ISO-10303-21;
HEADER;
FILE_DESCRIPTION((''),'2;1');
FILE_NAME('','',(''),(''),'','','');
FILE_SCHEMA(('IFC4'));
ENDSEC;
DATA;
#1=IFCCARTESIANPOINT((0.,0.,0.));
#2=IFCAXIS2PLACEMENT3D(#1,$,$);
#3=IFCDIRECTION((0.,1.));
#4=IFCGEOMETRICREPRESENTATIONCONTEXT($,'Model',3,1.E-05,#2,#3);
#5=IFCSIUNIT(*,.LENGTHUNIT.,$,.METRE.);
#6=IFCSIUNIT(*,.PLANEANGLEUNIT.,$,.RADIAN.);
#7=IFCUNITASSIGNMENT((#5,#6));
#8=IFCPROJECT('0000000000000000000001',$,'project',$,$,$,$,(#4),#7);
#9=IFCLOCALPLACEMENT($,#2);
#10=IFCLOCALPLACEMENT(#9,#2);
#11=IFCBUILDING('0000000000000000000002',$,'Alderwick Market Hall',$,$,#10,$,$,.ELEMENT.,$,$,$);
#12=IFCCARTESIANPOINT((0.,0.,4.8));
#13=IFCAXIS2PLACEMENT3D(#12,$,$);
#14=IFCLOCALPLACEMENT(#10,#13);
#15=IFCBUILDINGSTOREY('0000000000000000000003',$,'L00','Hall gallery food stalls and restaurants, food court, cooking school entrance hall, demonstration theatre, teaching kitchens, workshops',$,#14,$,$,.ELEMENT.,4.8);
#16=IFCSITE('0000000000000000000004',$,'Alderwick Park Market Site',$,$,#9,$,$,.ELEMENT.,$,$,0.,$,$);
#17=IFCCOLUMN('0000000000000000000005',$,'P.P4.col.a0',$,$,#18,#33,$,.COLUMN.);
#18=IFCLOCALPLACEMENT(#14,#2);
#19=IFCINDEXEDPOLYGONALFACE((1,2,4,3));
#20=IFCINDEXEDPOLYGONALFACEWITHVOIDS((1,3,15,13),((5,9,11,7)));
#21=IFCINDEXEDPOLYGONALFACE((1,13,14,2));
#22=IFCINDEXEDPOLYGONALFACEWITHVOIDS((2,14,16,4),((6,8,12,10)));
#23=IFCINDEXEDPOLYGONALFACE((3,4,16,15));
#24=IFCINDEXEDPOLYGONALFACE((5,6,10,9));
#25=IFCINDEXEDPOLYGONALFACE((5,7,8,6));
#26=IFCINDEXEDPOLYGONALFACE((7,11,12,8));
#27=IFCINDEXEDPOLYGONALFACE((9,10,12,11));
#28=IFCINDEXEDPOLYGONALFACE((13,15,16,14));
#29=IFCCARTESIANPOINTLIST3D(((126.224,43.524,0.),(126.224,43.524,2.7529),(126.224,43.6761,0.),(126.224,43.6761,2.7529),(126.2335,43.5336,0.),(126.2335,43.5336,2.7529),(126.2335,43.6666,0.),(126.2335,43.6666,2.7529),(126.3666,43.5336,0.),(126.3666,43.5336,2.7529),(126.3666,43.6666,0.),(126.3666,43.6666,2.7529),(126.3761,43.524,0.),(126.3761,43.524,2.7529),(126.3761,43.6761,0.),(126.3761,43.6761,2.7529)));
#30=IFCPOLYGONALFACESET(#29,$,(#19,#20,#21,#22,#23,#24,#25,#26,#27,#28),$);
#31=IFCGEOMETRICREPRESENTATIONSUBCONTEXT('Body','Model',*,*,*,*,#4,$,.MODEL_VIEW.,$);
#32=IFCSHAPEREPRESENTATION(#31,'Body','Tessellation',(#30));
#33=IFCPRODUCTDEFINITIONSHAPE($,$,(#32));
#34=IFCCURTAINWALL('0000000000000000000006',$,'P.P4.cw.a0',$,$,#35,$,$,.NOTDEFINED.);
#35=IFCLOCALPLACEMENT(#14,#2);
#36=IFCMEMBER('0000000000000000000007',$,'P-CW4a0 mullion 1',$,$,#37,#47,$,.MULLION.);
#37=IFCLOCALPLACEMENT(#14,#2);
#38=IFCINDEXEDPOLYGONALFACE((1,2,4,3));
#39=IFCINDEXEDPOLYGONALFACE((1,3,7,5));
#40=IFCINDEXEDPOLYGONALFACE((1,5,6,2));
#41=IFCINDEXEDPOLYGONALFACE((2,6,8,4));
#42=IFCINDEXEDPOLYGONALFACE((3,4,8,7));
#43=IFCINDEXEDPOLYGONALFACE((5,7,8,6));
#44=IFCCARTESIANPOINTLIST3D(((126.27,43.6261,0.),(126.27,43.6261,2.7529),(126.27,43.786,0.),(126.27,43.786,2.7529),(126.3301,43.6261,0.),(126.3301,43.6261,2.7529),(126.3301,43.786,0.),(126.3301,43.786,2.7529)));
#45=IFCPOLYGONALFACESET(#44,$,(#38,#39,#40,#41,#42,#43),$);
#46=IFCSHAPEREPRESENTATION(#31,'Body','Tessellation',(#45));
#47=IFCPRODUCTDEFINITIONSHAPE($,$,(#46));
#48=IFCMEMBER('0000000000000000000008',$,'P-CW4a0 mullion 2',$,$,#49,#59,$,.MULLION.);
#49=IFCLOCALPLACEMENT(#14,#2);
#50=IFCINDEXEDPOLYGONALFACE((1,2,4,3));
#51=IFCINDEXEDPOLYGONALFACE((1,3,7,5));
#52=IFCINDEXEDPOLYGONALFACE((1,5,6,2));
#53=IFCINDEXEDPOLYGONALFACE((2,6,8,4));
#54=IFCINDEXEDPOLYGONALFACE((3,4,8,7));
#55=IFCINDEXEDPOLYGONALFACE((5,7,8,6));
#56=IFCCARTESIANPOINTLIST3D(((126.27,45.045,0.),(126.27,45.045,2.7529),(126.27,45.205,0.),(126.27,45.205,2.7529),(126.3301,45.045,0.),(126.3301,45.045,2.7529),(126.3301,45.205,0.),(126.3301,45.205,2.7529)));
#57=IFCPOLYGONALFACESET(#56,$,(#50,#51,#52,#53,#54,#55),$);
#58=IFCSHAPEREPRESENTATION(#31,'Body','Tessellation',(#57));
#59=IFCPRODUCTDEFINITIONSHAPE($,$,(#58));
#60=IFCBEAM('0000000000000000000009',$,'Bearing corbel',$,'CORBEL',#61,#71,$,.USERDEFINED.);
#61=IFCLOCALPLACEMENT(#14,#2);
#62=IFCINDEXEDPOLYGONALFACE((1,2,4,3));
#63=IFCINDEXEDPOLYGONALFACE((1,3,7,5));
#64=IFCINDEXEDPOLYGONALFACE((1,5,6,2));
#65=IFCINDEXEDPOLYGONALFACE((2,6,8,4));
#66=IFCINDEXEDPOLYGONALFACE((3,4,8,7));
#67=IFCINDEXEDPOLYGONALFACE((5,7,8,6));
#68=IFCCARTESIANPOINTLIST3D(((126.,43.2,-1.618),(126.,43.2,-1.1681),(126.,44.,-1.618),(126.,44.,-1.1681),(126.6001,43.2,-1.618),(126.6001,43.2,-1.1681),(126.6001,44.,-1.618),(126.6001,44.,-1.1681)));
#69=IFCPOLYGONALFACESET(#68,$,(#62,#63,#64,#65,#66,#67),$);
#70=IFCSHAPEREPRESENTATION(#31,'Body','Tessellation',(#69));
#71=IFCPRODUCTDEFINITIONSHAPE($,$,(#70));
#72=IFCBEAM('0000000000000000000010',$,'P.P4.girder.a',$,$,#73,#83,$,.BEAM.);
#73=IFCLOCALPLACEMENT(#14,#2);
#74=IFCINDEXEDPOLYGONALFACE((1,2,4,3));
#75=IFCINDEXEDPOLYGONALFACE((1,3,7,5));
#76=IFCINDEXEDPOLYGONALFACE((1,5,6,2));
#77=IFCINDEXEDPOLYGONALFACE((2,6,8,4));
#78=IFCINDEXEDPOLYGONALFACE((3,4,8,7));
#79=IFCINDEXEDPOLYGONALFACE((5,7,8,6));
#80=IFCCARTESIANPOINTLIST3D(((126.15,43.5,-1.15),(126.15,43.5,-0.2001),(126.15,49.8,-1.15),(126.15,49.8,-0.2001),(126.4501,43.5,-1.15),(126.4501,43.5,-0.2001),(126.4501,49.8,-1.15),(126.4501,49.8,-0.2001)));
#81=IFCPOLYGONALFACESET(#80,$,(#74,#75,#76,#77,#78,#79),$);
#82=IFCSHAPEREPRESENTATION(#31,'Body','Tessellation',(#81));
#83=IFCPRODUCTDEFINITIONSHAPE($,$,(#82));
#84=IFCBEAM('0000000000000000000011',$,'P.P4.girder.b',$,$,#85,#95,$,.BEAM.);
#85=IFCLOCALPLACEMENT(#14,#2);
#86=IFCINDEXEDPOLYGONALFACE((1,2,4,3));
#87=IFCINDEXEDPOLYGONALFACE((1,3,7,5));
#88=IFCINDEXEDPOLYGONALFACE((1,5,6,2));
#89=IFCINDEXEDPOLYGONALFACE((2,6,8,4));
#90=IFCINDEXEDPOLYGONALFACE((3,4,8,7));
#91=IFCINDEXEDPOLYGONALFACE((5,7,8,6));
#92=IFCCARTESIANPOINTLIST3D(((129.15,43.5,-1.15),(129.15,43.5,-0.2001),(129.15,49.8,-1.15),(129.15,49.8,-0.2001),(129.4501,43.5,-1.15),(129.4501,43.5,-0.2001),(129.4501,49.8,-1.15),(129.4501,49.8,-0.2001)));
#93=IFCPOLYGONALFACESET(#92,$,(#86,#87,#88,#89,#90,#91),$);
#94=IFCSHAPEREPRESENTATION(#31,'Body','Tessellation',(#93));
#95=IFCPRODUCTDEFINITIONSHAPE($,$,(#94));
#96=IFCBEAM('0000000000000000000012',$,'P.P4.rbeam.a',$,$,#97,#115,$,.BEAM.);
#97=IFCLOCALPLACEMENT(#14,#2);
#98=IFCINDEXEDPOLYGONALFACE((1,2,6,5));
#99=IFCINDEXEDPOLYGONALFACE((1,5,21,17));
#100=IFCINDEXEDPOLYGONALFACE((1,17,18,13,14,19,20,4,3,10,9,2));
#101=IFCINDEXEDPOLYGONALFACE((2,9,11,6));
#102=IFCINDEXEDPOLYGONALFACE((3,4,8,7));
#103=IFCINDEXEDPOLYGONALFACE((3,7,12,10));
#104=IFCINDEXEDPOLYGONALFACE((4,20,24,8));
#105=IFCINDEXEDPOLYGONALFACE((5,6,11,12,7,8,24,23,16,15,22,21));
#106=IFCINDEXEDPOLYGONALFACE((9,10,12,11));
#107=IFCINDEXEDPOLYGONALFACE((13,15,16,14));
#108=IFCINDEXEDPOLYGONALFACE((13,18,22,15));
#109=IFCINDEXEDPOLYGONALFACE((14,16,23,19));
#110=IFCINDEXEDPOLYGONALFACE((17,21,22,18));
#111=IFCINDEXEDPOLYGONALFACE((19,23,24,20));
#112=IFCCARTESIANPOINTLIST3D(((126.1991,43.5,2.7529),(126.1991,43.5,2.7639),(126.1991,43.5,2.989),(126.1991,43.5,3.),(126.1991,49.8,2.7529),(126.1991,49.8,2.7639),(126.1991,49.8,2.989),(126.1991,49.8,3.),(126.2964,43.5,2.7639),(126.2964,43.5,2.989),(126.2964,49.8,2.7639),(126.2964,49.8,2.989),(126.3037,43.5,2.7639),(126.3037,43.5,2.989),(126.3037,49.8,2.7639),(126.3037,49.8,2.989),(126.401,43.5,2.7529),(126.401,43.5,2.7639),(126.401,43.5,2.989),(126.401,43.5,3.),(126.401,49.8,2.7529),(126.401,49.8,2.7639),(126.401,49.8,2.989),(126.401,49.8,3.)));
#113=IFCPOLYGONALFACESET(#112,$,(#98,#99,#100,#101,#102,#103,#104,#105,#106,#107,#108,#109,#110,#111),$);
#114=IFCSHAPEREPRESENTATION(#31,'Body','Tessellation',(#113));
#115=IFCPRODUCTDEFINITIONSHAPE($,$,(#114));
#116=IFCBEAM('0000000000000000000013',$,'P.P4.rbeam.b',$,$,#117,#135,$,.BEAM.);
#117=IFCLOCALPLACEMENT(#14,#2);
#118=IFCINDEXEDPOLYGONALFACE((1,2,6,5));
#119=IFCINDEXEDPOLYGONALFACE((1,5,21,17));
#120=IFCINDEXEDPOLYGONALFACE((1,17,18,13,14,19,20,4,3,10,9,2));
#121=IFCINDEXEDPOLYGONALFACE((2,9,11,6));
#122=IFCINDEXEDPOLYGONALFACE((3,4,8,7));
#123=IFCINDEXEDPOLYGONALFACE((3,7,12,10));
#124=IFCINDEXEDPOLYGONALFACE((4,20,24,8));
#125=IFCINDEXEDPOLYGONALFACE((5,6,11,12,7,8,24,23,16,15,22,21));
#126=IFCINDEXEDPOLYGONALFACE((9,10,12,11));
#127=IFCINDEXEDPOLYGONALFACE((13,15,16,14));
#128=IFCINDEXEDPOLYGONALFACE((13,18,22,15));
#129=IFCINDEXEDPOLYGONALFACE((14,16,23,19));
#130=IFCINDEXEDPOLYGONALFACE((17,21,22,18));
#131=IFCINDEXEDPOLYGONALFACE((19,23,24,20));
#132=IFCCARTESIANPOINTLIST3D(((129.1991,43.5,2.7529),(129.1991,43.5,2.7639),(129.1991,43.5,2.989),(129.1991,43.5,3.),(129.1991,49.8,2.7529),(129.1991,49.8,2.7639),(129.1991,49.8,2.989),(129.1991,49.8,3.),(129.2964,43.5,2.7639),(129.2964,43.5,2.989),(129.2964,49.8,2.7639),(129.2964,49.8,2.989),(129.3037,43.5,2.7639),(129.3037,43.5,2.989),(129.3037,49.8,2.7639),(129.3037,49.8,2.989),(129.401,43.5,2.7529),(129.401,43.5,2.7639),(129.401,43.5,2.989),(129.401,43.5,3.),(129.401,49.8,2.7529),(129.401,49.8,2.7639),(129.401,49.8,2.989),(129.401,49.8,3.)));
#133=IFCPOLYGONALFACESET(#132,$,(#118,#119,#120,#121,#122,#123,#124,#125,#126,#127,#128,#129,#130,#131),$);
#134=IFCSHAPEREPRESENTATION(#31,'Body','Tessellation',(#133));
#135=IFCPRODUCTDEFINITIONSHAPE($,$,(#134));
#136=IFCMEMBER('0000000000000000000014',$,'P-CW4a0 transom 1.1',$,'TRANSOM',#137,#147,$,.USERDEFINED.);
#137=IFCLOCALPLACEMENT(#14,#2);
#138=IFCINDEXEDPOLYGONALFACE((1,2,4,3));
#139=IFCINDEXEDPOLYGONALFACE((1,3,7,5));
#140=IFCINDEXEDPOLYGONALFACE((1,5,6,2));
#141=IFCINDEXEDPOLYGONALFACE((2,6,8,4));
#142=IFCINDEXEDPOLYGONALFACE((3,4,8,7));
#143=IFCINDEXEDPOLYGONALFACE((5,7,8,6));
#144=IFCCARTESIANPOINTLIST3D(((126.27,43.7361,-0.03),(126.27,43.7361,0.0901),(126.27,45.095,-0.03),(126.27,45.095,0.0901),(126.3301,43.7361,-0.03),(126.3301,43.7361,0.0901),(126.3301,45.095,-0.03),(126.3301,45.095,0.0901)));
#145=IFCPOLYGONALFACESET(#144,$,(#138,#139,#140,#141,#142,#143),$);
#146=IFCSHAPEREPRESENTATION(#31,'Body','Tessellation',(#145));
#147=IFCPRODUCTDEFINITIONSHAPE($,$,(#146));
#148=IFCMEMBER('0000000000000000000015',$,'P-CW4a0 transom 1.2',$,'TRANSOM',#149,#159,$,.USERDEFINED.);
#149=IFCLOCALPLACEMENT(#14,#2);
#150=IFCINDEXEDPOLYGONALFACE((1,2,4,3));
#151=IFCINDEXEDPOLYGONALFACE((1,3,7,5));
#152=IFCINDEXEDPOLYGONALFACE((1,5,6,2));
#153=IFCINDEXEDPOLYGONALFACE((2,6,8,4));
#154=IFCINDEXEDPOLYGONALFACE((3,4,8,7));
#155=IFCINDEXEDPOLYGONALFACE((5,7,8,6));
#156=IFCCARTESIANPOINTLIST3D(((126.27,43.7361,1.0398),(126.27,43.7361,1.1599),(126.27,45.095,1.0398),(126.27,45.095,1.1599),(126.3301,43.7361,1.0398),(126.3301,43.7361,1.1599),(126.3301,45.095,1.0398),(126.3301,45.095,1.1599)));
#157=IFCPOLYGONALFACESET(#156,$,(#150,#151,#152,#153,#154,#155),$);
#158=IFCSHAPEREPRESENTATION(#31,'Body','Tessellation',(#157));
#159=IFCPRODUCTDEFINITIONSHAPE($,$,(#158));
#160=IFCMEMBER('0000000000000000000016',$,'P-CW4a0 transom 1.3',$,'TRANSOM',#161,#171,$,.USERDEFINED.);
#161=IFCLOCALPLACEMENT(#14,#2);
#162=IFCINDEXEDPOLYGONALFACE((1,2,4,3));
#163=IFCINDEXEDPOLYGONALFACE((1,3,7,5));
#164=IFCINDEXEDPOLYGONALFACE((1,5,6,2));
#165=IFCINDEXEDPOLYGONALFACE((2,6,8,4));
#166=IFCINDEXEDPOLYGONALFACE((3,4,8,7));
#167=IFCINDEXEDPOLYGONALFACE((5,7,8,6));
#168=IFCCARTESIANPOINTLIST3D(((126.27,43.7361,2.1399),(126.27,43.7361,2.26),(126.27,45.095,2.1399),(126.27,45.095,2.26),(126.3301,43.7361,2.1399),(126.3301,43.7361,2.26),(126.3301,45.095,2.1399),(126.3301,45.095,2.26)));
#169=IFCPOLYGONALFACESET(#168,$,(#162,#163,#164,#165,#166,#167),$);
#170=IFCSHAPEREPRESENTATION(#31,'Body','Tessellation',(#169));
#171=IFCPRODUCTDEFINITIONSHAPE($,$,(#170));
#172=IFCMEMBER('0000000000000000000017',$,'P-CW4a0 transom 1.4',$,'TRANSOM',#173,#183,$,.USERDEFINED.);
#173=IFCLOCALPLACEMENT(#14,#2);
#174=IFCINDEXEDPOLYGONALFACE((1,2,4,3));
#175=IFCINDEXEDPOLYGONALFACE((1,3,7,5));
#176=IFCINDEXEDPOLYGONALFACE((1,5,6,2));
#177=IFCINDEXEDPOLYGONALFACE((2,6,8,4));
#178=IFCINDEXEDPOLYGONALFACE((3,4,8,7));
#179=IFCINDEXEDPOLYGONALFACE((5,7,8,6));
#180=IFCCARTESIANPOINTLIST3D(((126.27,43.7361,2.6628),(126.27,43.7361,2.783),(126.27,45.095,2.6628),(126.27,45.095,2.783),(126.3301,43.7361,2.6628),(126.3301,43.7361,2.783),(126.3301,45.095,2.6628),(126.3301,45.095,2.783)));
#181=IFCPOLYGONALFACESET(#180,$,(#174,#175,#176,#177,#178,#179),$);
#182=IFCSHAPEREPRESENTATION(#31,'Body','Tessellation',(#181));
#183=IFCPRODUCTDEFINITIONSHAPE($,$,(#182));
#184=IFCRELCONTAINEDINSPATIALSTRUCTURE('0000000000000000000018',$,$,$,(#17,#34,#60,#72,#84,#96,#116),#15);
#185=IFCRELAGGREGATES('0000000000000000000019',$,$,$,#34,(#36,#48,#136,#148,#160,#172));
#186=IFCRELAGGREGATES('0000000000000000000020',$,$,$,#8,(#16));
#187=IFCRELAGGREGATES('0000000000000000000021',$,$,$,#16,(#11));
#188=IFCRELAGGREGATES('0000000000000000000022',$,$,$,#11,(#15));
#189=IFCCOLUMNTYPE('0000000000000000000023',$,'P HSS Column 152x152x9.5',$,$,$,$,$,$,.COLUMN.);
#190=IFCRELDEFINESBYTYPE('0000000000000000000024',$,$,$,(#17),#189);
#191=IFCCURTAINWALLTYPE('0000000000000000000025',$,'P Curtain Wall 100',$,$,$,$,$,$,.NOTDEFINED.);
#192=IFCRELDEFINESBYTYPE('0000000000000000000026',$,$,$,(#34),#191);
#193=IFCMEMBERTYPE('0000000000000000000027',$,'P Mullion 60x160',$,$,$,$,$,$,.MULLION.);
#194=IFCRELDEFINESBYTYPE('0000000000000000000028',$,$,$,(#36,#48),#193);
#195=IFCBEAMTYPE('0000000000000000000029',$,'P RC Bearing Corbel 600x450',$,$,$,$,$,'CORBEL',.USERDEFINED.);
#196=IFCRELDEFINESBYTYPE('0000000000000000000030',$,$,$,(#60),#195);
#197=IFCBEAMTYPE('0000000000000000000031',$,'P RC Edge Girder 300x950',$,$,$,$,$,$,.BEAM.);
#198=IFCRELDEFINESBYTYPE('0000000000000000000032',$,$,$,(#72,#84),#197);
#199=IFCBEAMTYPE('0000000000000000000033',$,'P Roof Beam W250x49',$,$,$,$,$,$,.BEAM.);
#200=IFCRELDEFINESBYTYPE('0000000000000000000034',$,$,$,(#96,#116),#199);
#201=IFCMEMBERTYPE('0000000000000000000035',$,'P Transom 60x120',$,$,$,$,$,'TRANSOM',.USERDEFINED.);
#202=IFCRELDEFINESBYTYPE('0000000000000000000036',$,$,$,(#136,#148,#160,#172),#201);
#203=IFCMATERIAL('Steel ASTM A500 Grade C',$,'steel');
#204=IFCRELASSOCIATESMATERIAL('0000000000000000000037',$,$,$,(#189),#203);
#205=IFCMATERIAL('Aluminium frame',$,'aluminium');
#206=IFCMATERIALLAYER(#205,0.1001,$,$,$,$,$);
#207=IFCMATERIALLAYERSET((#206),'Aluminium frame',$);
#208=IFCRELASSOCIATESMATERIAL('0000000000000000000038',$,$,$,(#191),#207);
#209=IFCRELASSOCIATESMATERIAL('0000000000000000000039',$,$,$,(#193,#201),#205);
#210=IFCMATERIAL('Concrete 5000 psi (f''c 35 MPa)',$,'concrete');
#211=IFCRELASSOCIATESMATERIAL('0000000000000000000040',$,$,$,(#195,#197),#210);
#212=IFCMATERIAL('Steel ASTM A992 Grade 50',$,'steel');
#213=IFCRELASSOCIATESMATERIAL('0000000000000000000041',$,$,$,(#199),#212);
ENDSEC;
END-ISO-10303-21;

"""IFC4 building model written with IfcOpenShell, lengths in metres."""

from ifc_helpers import new_model, si_unit, direction, frame, origin, origin_2d, place, context, subcontext, project, spatial, rectangle, hollow_rectangle, i_section, extrude, material, layer, layer_set, material_profile, profile_set, type_object, element, aggregate, save


model = new_model("IFC4")

# Units and contexts
model_context = context("Model", 3, precision=1e-05, world=origin(), true_north=direction((0.0, 1.0)))
body_context = subcontext(model_context, "Body", "Model", "MODEL_VIEW")
ifc_project = project(units=[si_unit("LENGTHUNIT", "METRE"), si_unit("PLANEANGLEUNIT", "RADIAN")], contexts=[model_context])

# Site, building, storey
site_placement = place(None, origin())
site = spatial("IfcSite", under=ifc_project, at=site_placement, Name="Alderwick Park Market Site", CompositionType="ELEMENT", RefElevation=0.0)
building_placement = place(site_placement, origin())
building = spatial("IfcBuilding", under=site, at=building_placement, Name="Alderwick Market Hall", CompositionType="ELEMENT")
storey_placement = place(building_placement, frame((0.0, 0.0, 4.8)))
storey = spatial("IfcBuildingStorey", under=building, at=storey_placement, Name="L00", Description="Hall gallery food stalls and restaurants, food court, cooking school entrance hall, demonstration theatre, teaching kitchens, workshops", CompositionType="ELEMENT", Elevation=4.8)

# Column
ifc_material_1 = material(Name="Steel ASTM A500 Grade C", Category="steel")
ifc_material_profile_1 = material_profile(ifc_material_1, hollow_rectangle(XDim=0.1521, YDim=0.1521, WallThickness=0.0095, at=origin_2d()), Name="HSS152x152x9.5")
ifc_profile_set_1 = profile_set([ifc_material_profile_1], Name="Steel ASTM A500 Grade C")
column_type = type_object("IfcColumnType", Name="P HSS Column 152x152x9.5", PredefinedType="COLUMN", material=ifc_profile_set_1)
column_placement = place(storey_placement, frame((126.3, 43.6001, 0.0), z_axis=(0.0, 0.0, 1.0), x_axis=(1.0, 0.0, 0.0)))
element("IfcColumn", 1, at=column_placement, inside=storey, type_object=column_type, Name="P.P4.col.a0", PredefinedType="COLUMN", context=body_context, shape_type="SweptSolid", body=[
    extrude(hollow_rectangle(XDim=0.1521, YDim=0.1521, WallThickness=0.0095, at=origin_2d()), origin(), (0.0, 0.0, 1.0), 2.7529),
])

# Curtain wall, members
ifc_material_2 = material(Name="Aluminium frame", Category="aluminium")
ifc_layer_1 = layer(ifc_material_2, 0.1001)
ifc_layer_set_1 = layer_set([ifc_layer_1], Name="Aluminium frame")
curtain_wall_type = type_object("IfcCurtainWallType", Name="P Curtain Wall 100", PredefinedType="NOTDEFINED", material=ifc_layer_set_1)
curtain_wall_placement = place(storey_placement, origin())
curtain_wall = element("IfcCurtainWall", 2, at=curtain_wall_placement, inside=storey, type_object=curtain_wall_type, Name="P.P4.cw.a0", PredefinedType="NOTDEFINED")
ifc_material_profile_2 = material_profile(ifc_material_2, rectangle(XDim=0.0601, YDim=0.1599, at=origin_2d()), Name="P Mullion 60x160")
ifc_profile_set_2 = profile_set([ifc_material_profile_2], Name="Aluminium frame")
member_type_1 = type_object("IfcMemberType", Name="P Mullion 60x160", PredefinedType="MULLION", material=ifc_profile_set_2)
member_1_placement = place(storey_placement, frame((126.3, 43.7061, 0.0), z_axis=(0.0, 0.0, 1.0), x_axis=(-1.0, 0.0, 0.0)))
member_1 = element("IfcMember", 3, at=member_1_placement, type_object=member_type_1, Name="P-CW4a0 mullion 1", PredefinedType="MULLION", context=body_context, shape_type="SweptSolid", body=[
    extrude(rectangle(XDim=0.0601, YDim=0.1599, at=origin_2d()), origin(), (0.0, 0.0, 1.0), 2.7529),
])
member_2_placement = place(storey_placement, frame((126.3, 45.125, 0.0), z_axis=(0.0, 0.0, 1.0), x_axis=(-1.0, 0.0, 0.0)))
member_2 = element("IfcMember", 4, at=member_2_placement, type_object=member_type_1, Name="P-CW4a0 mullion 2", PredefinedType="MULLION", context=body_context, shape_type="SweptSolid", body=[
    extrude(rectangle(XDim=0.0601, YDim=0.1599, at=origin_2d()), origin(), (0.0, 0.0, 1.0), 2.7529),
])

# Beams
ifc_material_3 = material(Name="Concrete 5000 psi (f'c 35 MPa)", Category="concrete")
ifc_material_profile_3 = material_profile(ifc_material_3, rectangle(XDim=0.6001, YDim=0.45, at=origin_2d()), Name="P RC Bearing Corbel 600x450")
ifc_profile_set_3 = profile_set([ifc_material_profile_3], Name="Concrete 5000 psi (f'c 35 MPa)")
beam_type_1 = type_object("IfcBeamType", Name="P RC Bearing Corbel 600x450", ElementType="CORBEL", PredefinedType="USERDEFINED", material=ifc_profile_set_3)
beam_placement = place(storey_placement, frame((126.3, 44.0, -1.3931), z_axis=(0.0, -1.0, 0.0), x_axis=(1.0, 0.0, 0.0)))
element("IfcBeam", 5, at=beam_placement, inside=storey, type_object=beam_type_1, Name="Bearing corbel", ObjectType="CORBEL", PredefinedType="USERDEFINED", context=body_context, shape_type="SweptSolid", body=[
    extrude(rectangle(XDim=0.6001, YDim=0.45, at=origin_2d()), origin(), (0.0, 0.0, 1.0), 0.8),
])
ifc_material_profile_4 = material_profile(ifc_material_3, rectangle(XDim=0.3, YDim=0.95, at=origin_2d()), Name="P RC Edge Girder 300x950")
ifc_profile_set_4 = profile_set([ifc_material_profile_4], Name="Concrete 5000 psi (f'c 35 MPa)")
beam_type_2 = type_object("IfcBeamType", Name="P RC Edge Girder 300x950", PredefinedType="BEAM", material=ifc_profile_set_4)
for number, where, z_axis, x_axis, name in (
    (6, (126.3, 43.5, -0.675), (0.0, 1.0, 0.0), (-1.0, 0.0, 0.0), "P.P4.girder.a"),
    (7, (129.3, 43.5, -0.675), (0.0, 1.0, 0.0), (-1.0, 0.0, 0.0), "P.P4.girder.b"),
):
    element("IfcBeam", number, at=place(storey_placement, frame(where, z_axis=z_axis, x_axis=x_axis)), inside=storey, type_object=beam_type_2, Name=name, PredefinedType="BEAM", context=body_context, shape_type="SweptSolid", body=[
        extrude(rectangle(XDim=0.3, YDim=0.95, at=origin_2d()), origin(), (0.0, 0.0, 1.0), 6.3),
    ])
ifc_material_4 = material(Name="Steel ASTM A992 Grade 50", Category="steel")
ifc_material_profile_5 = material_profile(ifc_material_4, i_section(OverallWidth=0.2019, OverallDepth=0.2471, WebThickness=0.0073, FlangeThickness=0.011, at=origin_2d()), Name="W250x49")
ifc_profile_set_5 = profile_set([ifc_material_profile_5], Name="Steel ASTM A992 Grade 50")
beam_type_3 = type_object("IfcBeamType", Name="P Roof Beam W250x49", PredefinedType="BEAM", material=ifc_profile_set_5)
for number, where, z_axis, x_axis, name in (
    (8, (126.3, 43.5, 2.8765), (0.0, 1.0, 0.0), (-1.0, 0.0, 0.0), "P.P4.rbeam.a"),
    (9, (129.3, 43.5, 2.8765), (0.0, 1.0, 0.0), (-1.0, 0.0, 0.0), "P.P4.rbeam.b"),
):
    element("IfcBeam", number, at=place(storey_placement, frame(where, z_axis=z_axis, x_axis=x_axis)), inside=storey, type_object=beam_type_3, Name=name, PredefinedType="BEAM", context=body_context, shape_type="SweptSolid", body=[
        extrude(i_section(OverallWidth=0.2019, OverallDepth=0.2471, WebThickness=0.0073, FlangeThickness=0.011, at=origin_2d()), origin(), (0.0, 0.0, 1.0), 6.3),
    ])

# Members
ifc_material_profile_6 = material_profile(ifc_material_2, rectangle(XDim=0.0601, YDim=0.1201, at=origin_2d()), Name="P Transom 60x120")
ifc_profile_set_6 = profile_set([ifc_material_profile_6], Name="Aluminium frame")
member_type_2 = type_object("IfcMemberType", Name="P Transom 60x120", ElementType="TRANSOM", PredefinedType="USERDEFINED", material=ifc_profile_set_6)
member_3_placement = place(storey_placement, frame((126.3, 43.7361, 0.03), z_axis=(0.0, 1.0, 0.0), x_axis=(-1.0, 0.0, 0.0)))
member_3 = element("IfcMember", 10, at=member_3_placement, type_object=member_type_2, Name="P-CW4a0 transom 1.1", ObjectType="TRANSOM", PredefinedType="USERDEFINED", context=body_context, shape_type="SweptSolid", body=[
    extrude(rectangle(XDim=0.0601, YDim=0.1201, at=origin_2d()), origin(), (0.0, 0.0, 1.0), 1.3589),
])
member_4_placement = place(storey_placement, frame((126.3, 43.7361, 1.0999), z_axis=(0.0, 1.0, 0.0), x_axis=(-1.0, 0.0, 0.0)))
member_4 = element("IfcMember", 11, at=member_4_placement, type_object=member_type_2, Name="P-CW4a0 transom 1.2", ObjectType="TRANSOM", PredefinedType="USERDEFINED", context=body_context, shape_type="SweptSolid", body=[
    extrude(rectangle(XDim=0.0601, YDim=0.1201, at=origin_2d()), origin(), (0.0, 0.0, 1.0), 1.3589),
])
member_5_placement = place(storey_placement, frame((126.3, 43.7361, 2.2), z_axis=(0.0, 1.0, 0.0), x_axis=(-1.0, 0.0, 0.0)))
member_5 = element("IfcMember", 12, at=member_5_placement, type_object=member_type_2, Name="P-CW4a0 transom 1.3", ObjectType="TRANSOM", PredefinedType="USERDEFINED", context=body_context, shape_type="SweptSolid", body=[
    extrude(rectangle(XDim=0.0601, YDim=0.1201, at=origin_2d()), origin(), (0.0, 0.0, 1.0), 1.3589),
])
member_6_placement = place(storey_placement, frame((126.3, 43.7361, 2.7229), z_axis=(0.0, 1.0, 0.0), x_axis=(-1.0, 0.0, 0.0)))
member_6 = element("IfcMember", 13, at=member_6_placement, type_object=member_type_2, Name="P-CW4a0 transom 1.4", ObjectType="TRANSOM", PredefinedType="USERDEFINED", context=body_context, shape_type="SweptSolid", body=[
    extrude(rectangle(XDim=0.0601, YDim=0.1201, at=origin_2d()), origin(), (0.0, 0.0, 1.0), 1.3589),
])

aggregate(curtain_wall, [member_1, member_2, member_3, member_4, member_5, member_6])

save(model, "model.ifc")
